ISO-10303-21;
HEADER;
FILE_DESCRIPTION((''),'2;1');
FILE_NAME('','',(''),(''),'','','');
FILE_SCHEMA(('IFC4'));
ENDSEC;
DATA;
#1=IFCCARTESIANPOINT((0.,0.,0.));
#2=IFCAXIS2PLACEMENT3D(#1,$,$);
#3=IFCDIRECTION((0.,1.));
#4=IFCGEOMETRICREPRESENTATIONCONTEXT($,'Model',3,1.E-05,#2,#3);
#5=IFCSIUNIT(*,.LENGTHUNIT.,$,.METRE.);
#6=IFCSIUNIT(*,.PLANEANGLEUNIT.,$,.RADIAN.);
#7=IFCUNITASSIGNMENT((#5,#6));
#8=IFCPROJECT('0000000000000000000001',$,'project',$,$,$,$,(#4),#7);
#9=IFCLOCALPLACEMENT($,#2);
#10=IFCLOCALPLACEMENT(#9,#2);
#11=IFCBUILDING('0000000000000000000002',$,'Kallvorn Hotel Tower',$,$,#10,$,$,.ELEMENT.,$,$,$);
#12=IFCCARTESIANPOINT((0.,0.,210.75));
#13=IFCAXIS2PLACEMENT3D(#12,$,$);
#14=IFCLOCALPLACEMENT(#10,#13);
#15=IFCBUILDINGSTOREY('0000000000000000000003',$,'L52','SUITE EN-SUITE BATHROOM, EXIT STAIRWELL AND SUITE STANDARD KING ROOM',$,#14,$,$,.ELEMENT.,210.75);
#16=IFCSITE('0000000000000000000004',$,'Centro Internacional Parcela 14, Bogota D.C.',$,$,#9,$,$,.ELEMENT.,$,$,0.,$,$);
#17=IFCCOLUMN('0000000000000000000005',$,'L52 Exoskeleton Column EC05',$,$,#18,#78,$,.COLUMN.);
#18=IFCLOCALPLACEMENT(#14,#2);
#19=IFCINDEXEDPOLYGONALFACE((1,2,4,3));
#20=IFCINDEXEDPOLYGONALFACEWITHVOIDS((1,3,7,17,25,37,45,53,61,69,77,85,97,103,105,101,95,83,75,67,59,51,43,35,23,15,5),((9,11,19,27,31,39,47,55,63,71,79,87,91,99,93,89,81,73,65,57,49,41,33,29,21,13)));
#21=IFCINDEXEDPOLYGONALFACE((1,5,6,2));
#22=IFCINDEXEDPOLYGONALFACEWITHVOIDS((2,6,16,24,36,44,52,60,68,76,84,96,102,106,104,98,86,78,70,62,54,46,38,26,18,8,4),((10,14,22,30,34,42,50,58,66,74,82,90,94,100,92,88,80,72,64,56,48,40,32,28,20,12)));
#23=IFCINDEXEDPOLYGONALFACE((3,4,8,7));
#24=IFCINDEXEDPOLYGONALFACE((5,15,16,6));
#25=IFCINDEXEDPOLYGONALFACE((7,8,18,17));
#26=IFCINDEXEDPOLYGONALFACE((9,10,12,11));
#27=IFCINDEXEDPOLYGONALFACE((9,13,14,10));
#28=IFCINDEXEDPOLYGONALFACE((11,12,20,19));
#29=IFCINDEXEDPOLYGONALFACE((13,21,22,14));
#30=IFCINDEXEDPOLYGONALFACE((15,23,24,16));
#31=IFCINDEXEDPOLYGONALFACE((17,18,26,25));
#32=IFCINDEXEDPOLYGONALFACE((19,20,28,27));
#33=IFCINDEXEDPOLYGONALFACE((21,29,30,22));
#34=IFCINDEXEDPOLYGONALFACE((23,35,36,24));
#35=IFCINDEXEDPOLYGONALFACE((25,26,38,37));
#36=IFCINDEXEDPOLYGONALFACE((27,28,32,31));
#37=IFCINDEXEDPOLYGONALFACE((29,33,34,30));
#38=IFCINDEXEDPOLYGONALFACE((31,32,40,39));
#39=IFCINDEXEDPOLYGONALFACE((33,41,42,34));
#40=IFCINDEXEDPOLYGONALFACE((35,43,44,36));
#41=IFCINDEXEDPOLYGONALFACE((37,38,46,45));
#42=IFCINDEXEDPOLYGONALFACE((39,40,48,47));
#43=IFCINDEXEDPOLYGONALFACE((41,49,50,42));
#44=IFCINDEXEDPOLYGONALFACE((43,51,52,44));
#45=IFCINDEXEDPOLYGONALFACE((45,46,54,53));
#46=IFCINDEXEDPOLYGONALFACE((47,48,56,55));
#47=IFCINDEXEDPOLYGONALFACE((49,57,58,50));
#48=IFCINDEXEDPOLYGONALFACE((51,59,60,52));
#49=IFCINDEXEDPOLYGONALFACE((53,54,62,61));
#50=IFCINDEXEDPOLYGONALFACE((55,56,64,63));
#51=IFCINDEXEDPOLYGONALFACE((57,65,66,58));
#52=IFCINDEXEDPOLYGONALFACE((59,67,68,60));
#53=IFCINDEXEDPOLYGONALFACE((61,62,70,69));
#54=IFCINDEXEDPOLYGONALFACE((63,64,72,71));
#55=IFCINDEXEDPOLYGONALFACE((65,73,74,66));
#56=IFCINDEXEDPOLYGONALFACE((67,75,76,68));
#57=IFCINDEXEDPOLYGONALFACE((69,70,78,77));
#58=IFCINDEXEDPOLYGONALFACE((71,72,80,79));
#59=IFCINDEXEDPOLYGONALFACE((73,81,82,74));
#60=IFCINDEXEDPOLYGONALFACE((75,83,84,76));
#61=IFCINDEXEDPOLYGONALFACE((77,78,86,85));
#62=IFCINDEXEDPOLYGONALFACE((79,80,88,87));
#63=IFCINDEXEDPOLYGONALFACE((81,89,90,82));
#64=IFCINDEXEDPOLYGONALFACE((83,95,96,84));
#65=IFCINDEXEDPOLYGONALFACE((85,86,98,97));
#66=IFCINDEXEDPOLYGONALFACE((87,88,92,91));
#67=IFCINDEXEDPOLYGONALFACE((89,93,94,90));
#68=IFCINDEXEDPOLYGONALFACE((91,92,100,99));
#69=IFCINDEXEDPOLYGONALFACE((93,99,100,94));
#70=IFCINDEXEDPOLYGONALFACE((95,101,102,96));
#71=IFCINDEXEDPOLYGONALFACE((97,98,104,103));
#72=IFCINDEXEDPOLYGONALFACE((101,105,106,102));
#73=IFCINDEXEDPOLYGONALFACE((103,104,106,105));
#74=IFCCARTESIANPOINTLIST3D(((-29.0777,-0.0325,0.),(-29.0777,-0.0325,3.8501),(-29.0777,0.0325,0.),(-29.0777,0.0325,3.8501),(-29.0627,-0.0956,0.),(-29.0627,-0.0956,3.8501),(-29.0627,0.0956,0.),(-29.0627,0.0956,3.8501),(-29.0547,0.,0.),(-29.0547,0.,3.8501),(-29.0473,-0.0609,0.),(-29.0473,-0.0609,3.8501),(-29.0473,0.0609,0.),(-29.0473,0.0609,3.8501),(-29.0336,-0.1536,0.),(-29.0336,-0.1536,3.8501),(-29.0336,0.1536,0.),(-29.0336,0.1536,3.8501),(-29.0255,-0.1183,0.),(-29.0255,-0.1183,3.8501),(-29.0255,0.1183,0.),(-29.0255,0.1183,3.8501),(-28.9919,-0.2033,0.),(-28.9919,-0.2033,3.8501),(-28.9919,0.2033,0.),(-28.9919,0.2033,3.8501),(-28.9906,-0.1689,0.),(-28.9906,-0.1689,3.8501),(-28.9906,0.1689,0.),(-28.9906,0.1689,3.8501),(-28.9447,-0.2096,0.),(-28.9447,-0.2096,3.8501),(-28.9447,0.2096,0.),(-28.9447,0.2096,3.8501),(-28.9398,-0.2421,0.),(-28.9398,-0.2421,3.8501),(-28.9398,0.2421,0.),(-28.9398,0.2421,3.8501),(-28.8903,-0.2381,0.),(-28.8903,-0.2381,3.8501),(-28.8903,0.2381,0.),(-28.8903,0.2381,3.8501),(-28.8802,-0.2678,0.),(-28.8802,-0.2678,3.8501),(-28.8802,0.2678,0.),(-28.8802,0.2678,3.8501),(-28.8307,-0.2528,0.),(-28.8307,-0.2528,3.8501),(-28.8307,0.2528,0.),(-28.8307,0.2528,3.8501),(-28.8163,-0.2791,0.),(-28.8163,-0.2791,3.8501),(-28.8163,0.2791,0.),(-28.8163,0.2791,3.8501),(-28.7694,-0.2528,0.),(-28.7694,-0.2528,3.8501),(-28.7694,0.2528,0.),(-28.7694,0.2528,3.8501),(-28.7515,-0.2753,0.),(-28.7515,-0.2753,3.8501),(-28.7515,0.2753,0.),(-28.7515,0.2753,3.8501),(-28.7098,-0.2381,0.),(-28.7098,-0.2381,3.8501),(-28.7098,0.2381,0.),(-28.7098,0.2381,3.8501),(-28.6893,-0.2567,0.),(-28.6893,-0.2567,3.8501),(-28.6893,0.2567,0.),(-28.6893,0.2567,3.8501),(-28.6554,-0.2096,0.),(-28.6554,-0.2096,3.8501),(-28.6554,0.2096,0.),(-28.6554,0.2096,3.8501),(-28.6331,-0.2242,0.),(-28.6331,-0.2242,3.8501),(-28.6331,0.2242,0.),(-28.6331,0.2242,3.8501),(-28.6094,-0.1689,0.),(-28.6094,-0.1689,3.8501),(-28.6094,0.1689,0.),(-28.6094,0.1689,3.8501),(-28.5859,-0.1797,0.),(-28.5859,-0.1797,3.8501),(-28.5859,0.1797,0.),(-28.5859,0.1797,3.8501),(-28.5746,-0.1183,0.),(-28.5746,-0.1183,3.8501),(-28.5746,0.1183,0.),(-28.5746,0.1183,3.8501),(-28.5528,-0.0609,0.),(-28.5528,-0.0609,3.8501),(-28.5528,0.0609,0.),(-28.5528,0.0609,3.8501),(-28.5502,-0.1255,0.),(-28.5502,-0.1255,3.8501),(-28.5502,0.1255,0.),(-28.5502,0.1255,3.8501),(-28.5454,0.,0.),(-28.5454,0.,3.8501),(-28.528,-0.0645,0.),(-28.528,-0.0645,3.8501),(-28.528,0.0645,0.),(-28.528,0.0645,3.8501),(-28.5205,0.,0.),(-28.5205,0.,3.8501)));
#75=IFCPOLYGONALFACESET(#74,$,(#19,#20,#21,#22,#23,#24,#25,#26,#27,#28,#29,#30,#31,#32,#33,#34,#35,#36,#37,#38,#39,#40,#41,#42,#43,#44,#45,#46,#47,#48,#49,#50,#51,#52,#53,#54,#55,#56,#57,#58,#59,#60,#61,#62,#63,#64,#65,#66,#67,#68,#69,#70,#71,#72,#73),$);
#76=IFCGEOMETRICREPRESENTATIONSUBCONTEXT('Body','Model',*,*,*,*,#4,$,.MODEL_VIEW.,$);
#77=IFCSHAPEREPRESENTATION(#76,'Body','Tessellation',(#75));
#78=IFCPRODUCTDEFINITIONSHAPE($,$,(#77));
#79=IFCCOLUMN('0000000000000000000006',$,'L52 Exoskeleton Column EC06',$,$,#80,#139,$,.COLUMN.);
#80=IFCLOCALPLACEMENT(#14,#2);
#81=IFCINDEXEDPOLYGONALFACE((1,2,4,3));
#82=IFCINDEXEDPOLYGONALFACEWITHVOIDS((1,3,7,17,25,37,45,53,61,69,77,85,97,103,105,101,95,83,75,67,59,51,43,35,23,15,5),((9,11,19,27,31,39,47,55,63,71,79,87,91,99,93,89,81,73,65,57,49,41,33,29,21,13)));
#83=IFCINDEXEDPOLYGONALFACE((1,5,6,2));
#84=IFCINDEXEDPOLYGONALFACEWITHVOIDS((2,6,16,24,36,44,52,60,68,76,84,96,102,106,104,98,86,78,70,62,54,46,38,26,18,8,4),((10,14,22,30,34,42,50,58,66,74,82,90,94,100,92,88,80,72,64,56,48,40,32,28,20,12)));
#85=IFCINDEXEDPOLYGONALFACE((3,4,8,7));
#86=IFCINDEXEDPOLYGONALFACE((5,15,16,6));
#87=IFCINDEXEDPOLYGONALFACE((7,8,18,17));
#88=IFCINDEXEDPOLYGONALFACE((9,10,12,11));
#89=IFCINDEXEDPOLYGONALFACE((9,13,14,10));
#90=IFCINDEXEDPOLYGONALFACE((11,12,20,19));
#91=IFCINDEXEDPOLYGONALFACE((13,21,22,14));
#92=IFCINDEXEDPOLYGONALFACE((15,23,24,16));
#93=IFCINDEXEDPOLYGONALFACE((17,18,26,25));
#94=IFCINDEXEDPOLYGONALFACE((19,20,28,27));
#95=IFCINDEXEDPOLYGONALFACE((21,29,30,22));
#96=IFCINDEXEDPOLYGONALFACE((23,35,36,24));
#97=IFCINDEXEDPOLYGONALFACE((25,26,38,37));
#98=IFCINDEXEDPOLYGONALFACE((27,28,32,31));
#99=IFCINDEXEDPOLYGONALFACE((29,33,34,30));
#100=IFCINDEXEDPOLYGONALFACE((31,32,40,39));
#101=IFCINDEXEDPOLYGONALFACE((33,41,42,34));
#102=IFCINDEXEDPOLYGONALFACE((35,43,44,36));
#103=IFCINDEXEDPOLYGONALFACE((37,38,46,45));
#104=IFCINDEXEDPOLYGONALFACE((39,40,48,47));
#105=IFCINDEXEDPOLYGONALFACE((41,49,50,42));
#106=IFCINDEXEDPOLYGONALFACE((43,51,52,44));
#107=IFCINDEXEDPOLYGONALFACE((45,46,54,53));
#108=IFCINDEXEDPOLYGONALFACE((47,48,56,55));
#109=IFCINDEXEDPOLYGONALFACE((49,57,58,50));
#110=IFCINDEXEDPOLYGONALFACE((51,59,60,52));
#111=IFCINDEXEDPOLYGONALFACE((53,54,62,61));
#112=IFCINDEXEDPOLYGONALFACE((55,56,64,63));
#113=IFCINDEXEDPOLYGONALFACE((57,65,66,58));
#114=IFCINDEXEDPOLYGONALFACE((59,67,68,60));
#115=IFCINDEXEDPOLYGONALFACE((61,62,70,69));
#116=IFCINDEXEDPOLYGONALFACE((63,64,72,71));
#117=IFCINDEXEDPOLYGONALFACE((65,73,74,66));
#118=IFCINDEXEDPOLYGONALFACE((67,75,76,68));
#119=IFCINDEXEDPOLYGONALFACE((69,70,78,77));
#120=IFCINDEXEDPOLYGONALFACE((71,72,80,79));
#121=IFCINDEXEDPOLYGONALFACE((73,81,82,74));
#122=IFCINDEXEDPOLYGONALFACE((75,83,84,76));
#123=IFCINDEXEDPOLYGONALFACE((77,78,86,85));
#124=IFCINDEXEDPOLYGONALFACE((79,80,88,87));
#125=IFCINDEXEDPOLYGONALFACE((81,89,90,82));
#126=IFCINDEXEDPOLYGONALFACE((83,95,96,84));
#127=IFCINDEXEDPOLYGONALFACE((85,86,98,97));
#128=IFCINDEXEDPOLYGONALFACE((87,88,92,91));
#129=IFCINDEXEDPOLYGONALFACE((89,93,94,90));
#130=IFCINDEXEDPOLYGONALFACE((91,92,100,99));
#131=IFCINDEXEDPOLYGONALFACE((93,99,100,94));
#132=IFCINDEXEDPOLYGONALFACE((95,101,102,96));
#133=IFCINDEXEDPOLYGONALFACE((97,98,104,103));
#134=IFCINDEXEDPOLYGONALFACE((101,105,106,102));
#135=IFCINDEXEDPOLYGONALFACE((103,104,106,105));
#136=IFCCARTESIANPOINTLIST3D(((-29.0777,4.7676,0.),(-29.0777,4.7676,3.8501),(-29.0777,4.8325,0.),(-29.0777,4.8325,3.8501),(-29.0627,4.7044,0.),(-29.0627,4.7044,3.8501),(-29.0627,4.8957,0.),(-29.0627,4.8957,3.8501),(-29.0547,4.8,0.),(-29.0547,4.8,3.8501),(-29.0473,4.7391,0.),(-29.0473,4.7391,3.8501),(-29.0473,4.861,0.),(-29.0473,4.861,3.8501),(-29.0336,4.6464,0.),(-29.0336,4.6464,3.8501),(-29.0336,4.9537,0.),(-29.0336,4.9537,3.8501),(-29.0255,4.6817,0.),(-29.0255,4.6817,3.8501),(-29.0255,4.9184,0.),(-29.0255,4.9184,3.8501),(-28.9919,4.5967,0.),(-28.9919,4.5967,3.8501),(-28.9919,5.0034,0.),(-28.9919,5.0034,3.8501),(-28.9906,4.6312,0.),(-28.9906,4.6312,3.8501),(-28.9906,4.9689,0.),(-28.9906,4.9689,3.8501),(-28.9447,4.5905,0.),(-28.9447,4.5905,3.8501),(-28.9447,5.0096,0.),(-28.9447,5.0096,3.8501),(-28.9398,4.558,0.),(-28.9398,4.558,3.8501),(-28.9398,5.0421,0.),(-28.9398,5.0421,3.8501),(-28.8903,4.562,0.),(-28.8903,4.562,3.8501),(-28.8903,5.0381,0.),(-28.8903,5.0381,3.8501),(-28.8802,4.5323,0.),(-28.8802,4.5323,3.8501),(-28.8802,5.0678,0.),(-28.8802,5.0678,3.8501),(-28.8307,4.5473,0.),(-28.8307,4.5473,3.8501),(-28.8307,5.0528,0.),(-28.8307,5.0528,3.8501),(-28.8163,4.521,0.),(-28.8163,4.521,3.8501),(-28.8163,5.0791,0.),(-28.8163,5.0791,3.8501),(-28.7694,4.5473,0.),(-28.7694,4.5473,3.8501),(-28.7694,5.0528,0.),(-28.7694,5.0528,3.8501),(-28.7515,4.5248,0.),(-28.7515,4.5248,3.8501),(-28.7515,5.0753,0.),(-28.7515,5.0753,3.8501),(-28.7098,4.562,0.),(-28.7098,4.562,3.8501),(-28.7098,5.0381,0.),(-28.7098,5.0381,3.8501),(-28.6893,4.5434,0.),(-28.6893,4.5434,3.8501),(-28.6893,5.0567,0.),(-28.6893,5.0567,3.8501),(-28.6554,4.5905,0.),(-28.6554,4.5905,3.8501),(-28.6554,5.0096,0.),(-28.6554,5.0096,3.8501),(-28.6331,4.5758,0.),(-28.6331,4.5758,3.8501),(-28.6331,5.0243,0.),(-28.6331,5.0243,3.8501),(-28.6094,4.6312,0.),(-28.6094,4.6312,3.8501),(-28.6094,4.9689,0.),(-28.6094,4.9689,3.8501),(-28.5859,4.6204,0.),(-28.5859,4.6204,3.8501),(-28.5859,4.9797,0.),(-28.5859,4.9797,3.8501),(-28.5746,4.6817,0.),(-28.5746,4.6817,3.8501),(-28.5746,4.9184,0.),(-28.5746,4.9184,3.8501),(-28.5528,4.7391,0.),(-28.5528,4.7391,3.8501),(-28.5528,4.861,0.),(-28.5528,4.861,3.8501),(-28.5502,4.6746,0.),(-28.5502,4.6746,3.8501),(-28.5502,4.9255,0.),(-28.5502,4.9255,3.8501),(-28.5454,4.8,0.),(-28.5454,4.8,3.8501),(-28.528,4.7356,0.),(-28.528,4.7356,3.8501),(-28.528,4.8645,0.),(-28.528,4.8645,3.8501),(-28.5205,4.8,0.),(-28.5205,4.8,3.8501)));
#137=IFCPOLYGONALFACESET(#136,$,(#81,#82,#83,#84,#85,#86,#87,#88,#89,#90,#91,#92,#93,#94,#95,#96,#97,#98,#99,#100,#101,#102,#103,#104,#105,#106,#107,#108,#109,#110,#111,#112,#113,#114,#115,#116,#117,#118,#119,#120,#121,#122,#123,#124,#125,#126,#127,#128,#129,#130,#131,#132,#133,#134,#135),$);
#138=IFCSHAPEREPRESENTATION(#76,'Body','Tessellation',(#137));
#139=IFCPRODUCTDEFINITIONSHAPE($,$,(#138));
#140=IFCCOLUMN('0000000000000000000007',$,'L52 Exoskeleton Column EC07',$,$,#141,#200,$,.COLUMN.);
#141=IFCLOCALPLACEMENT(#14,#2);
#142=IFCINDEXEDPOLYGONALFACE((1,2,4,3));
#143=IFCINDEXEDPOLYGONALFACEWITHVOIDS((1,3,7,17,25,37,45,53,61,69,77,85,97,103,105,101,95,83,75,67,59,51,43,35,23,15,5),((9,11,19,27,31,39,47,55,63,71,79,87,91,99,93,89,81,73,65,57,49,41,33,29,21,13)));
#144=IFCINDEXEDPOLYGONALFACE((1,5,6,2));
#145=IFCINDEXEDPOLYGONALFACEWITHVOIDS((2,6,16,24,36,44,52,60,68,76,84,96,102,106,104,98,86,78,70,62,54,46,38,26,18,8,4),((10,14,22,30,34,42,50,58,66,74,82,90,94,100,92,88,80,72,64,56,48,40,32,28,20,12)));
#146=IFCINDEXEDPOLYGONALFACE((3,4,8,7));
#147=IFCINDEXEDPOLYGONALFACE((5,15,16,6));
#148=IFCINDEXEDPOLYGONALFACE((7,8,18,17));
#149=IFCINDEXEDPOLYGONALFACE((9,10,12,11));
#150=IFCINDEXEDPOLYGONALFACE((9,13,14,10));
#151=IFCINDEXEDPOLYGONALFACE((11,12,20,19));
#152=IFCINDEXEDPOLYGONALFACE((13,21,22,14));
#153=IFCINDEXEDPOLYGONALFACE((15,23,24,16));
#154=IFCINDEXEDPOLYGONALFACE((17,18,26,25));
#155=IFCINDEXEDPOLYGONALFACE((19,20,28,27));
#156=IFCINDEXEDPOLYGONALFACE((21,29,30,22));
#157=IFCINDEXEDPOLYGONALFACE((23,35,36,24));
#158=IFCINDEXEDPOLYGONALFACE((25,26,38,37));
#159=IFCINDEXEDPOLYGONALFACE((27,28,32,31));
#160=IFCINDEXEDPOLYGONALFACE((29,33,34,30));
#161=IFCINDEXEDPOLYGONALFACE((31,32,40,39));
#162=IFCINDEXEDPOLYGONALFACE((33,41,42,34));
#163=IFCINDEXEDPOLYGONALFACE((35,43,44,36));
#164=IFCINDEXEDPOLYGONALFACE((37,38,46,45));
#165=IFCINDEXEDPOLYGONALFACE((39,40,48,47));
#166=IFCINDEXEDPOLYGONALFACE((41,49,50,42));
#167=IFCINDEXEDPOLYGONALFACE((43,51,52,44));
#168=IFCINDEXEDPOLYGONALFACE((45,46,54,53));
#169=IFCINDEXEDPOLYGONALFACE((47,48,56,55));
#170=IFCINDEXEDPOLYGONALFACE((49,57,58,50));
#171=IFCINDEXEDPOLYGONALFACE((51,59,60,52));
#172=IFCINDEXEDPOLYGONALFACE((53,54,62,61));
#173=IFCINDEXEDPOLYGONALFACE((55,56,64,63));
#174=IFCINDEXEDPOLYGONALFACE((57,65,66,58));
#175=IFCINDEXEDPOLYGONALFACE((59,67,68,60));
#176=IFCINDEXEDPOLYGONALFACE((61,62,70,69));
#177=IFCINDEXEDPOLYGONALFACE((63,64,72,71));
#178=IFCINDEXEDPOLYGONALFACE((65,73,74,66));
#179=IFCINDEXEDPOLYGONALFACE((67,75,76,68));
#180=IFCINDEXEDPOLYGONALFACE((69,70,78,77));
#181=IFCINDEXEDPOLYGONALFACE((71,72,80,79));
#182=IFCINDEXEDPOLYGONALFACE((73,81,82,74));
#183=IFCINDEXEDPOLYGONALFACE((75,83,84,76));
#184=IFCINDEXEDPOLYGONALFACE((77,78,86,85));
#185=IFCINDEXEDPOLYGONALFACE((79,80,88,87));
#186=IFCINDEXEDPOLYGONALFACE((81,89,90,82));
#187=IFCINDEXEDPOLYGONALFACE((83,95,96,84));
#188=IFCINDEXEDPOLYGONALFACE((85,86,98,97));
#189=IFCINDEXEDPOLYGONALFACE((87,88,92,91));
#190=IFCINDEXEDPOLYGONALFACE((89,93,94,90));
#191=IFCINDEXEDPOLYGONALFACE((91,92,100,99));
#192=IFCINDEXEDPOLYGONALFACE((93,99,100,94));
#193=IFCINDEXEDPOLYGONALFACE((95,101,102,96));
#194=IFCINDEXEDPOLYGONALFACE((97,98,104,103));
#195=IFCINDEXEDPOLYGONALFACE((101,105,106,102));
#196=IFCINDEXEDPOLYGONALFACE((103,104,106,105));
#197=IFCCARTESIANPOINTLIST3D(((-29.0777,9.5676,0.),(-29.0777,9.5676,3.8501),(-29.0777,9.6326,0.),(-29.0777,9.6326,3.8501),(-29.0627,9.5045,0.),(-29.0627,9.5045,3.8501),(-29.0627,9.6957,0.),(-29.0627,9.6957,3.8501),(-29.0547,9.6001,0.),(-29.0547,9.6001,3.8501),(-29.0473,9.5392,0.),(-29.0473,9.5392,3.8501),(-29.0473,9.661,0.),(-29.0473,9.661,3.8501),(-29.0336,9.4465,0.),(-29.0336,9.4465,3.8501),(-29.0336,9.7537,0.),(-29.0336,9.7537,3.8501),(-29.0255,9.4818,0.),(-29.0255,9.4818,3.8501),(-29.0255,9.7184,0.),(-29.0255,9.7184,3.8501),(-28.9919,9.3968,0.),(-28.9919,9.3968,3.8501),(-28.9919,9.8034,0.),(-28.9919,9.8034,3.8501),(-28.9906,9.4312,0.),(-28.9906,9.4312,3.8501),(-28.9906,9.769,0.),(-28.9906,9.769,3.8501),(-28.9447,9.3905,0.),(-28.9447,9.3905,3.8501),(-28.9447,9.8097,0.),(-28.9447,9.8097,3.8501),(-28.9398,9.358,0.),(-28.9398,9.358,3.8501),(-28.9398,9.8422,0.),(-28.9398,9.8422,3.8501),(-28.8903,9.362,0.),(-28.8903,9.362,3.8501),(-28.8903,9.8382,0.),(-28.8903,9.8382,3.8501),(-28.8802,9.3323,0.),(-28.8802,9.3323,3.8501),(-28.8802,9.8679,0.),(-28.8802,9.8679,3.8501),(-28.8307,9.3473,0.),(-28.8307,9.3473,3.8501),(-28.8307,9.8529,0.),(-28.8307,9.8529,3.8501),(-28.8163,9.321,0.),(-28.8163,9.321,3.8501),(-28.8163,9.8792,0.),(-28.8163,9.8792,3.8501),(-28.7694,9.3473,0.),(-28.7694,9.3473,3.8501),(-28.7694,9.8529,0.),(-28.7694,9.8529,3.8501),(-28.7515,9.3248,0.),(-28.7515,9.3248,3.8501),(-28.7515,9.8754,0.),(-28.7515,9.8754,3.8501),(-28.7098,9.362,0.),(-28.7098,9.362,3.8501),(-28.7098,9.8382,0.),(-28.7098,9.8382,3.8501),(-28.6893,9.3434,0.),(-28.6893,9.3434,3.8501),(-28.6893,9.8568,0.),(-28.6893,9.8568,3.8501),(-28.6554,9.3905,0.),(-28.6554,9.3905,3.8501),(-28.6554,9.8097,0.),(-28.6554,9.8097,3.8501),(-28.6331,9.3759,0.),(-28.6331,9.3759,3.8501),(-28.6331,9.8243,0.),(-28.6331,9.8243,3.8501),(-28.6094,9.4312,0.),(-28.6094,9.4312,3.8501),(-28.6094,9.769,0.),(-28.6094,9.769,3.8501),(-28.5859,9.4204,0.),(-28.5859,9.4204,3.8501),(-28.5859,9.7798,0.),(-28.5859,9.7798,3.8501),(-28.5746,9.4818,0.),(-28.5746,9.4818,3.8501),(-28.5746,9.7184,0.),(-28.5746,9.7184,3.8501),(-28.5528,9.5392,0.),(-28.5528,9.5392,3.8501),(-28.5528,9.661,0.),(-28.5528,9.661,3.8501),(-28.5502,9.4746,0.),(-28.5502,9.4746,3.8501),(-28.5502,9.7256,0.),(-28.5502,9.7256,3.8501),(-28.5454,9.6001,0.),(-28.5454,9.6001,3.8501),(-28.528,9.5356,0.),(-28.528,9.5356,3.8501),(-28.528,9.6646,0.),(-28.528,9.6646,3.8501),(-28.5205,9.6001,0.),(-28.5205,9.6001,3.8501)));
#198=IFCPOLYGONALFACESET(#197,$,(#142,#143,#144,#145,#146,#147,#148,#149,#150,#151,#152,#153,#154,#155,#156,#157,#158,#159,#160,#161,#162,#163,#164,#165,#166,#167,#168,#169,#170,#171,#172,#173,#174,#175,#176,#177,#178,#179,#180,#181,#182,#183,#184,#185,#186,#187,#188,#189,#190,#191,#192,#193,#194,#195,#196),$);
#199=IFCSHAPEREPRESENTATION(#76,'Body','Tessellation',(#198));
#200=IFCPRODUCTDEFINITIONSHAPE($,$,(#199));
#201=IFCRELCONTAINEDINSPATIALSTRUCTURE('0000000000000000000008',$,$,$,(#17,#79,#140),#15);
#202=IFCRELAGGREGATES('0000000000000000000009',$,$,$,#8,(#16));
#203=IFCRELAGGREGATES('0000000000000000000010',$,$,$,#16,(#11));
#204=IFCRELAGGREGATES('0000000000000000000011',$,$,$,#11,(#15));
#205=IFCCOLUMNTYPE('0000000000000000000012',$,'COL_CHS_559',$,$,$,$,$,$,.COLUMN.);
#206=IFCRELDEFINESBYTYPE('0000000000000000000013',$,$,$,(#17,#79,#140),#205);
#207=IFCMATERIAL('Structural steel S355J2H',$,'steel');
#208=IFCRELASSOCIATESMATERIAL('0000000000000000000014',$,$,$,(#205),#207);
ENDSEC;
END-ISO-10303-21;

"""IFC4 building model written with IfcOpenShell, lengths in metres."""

from ifc_helpers import new_model, si_unit, direction, frame, origin, origin_2d, place, context, subcontext, project, spatial, hollow_circle, extrude, material, material_profile, profile_set, type_object, element, save


model = new_model("IFC4")

# Units and contexts
model_context = context("Model", 3, precision=1e-05, world=origin(), true_north=direction((0.0, 1.0)))
body_context = subcontext(model_context, "Body", "Model", "MODEL_VIEW")
ifc_project = project(units=[si_unit("LENGTHUNIT", "METRE"), si_unit("PLANEANGLEUNIT", "RADIAN")], contexts=[model_context])

# Site, building, storey
site_placement = place(None, origin())
site = spatial("IfcSite", under=ifc_project, at=site_placement, Name="Centro Internacional Parcela 14, Bogota D.C.", CompositionType="ELEMENT", RefElevation=0.0)
building_placement = place(site_placement, origin())
building = spatial("IfcBuilding", under=site, at=building_placement, Name="Kallvorn Hotel Tower", CompositionType="ELEMENT")
storey_placement = place(building_placement, frame((0.0, 0.0, 210.75)))
storey = spatial("IfcBuildingStorey", under=building, at=storey_placement, Name="L52", Description="SUITE EN-SUITE BATHROOM, EXIT STAIRWELL AND SUITE STANDARD KING ROOM", CompositionType="ELEMENT", Elevation=210.75)

# Columns
ifc_material_1 = material(Name="Structural steel S355J2H", Category="steel")
ifc_material_profile_1 = material_profile(ifc_material_1, hollow_circle(Radius=0.2795, WallThickness=0.0249, at=origin_2d()), Name="CHS 559x25")
ifc_profile_set_1 = profile_set([ifc_material_profile_1], Name="Structural steel S355J2H")
column_type_1 = type_object("IfcColumnType", Name="COL_CHS_559", PredefinedType="COLUMN", material=ifc_profile_set_1)
for number, where, z_axis, x_axis, name in (
    (1, (-28.8, 0.0, 0.0), (0.0, 0.0, 1.0), (1.0, 0.0, 0.0), "L52 Exoskeleton Column EC05"),
    (2, (-28.8, 4.8, 0.0), (0.0, 0.0, 1.0), (1.0, 0.0, 0.0), "L52 Exoskeleton Column EC06"),
    (3, (-28.8, 9.6001, 0.0), (0.0, 0.0, 1.0), (1.0, 0.0, 0.0), "L52 Exoskeleton Column EC07"),
):
    element("IfcColumn", number, at=place(storey_placement, frame(where, z_axis=z_axis, x_axis=x_axis)), inside=storey, type_object=column_type_1, Name=name, PredefinedType="COLUMN", context=body_context, shape_type="SweptSolid", body=[
        extrude(hollow_circle(Radius=0.2795, WallThickness=0.0249, at=origin_2d()), origin(), (0.0, 0.0, 1.0), 3.8501),
    ])

save(model, "model.ifc")
